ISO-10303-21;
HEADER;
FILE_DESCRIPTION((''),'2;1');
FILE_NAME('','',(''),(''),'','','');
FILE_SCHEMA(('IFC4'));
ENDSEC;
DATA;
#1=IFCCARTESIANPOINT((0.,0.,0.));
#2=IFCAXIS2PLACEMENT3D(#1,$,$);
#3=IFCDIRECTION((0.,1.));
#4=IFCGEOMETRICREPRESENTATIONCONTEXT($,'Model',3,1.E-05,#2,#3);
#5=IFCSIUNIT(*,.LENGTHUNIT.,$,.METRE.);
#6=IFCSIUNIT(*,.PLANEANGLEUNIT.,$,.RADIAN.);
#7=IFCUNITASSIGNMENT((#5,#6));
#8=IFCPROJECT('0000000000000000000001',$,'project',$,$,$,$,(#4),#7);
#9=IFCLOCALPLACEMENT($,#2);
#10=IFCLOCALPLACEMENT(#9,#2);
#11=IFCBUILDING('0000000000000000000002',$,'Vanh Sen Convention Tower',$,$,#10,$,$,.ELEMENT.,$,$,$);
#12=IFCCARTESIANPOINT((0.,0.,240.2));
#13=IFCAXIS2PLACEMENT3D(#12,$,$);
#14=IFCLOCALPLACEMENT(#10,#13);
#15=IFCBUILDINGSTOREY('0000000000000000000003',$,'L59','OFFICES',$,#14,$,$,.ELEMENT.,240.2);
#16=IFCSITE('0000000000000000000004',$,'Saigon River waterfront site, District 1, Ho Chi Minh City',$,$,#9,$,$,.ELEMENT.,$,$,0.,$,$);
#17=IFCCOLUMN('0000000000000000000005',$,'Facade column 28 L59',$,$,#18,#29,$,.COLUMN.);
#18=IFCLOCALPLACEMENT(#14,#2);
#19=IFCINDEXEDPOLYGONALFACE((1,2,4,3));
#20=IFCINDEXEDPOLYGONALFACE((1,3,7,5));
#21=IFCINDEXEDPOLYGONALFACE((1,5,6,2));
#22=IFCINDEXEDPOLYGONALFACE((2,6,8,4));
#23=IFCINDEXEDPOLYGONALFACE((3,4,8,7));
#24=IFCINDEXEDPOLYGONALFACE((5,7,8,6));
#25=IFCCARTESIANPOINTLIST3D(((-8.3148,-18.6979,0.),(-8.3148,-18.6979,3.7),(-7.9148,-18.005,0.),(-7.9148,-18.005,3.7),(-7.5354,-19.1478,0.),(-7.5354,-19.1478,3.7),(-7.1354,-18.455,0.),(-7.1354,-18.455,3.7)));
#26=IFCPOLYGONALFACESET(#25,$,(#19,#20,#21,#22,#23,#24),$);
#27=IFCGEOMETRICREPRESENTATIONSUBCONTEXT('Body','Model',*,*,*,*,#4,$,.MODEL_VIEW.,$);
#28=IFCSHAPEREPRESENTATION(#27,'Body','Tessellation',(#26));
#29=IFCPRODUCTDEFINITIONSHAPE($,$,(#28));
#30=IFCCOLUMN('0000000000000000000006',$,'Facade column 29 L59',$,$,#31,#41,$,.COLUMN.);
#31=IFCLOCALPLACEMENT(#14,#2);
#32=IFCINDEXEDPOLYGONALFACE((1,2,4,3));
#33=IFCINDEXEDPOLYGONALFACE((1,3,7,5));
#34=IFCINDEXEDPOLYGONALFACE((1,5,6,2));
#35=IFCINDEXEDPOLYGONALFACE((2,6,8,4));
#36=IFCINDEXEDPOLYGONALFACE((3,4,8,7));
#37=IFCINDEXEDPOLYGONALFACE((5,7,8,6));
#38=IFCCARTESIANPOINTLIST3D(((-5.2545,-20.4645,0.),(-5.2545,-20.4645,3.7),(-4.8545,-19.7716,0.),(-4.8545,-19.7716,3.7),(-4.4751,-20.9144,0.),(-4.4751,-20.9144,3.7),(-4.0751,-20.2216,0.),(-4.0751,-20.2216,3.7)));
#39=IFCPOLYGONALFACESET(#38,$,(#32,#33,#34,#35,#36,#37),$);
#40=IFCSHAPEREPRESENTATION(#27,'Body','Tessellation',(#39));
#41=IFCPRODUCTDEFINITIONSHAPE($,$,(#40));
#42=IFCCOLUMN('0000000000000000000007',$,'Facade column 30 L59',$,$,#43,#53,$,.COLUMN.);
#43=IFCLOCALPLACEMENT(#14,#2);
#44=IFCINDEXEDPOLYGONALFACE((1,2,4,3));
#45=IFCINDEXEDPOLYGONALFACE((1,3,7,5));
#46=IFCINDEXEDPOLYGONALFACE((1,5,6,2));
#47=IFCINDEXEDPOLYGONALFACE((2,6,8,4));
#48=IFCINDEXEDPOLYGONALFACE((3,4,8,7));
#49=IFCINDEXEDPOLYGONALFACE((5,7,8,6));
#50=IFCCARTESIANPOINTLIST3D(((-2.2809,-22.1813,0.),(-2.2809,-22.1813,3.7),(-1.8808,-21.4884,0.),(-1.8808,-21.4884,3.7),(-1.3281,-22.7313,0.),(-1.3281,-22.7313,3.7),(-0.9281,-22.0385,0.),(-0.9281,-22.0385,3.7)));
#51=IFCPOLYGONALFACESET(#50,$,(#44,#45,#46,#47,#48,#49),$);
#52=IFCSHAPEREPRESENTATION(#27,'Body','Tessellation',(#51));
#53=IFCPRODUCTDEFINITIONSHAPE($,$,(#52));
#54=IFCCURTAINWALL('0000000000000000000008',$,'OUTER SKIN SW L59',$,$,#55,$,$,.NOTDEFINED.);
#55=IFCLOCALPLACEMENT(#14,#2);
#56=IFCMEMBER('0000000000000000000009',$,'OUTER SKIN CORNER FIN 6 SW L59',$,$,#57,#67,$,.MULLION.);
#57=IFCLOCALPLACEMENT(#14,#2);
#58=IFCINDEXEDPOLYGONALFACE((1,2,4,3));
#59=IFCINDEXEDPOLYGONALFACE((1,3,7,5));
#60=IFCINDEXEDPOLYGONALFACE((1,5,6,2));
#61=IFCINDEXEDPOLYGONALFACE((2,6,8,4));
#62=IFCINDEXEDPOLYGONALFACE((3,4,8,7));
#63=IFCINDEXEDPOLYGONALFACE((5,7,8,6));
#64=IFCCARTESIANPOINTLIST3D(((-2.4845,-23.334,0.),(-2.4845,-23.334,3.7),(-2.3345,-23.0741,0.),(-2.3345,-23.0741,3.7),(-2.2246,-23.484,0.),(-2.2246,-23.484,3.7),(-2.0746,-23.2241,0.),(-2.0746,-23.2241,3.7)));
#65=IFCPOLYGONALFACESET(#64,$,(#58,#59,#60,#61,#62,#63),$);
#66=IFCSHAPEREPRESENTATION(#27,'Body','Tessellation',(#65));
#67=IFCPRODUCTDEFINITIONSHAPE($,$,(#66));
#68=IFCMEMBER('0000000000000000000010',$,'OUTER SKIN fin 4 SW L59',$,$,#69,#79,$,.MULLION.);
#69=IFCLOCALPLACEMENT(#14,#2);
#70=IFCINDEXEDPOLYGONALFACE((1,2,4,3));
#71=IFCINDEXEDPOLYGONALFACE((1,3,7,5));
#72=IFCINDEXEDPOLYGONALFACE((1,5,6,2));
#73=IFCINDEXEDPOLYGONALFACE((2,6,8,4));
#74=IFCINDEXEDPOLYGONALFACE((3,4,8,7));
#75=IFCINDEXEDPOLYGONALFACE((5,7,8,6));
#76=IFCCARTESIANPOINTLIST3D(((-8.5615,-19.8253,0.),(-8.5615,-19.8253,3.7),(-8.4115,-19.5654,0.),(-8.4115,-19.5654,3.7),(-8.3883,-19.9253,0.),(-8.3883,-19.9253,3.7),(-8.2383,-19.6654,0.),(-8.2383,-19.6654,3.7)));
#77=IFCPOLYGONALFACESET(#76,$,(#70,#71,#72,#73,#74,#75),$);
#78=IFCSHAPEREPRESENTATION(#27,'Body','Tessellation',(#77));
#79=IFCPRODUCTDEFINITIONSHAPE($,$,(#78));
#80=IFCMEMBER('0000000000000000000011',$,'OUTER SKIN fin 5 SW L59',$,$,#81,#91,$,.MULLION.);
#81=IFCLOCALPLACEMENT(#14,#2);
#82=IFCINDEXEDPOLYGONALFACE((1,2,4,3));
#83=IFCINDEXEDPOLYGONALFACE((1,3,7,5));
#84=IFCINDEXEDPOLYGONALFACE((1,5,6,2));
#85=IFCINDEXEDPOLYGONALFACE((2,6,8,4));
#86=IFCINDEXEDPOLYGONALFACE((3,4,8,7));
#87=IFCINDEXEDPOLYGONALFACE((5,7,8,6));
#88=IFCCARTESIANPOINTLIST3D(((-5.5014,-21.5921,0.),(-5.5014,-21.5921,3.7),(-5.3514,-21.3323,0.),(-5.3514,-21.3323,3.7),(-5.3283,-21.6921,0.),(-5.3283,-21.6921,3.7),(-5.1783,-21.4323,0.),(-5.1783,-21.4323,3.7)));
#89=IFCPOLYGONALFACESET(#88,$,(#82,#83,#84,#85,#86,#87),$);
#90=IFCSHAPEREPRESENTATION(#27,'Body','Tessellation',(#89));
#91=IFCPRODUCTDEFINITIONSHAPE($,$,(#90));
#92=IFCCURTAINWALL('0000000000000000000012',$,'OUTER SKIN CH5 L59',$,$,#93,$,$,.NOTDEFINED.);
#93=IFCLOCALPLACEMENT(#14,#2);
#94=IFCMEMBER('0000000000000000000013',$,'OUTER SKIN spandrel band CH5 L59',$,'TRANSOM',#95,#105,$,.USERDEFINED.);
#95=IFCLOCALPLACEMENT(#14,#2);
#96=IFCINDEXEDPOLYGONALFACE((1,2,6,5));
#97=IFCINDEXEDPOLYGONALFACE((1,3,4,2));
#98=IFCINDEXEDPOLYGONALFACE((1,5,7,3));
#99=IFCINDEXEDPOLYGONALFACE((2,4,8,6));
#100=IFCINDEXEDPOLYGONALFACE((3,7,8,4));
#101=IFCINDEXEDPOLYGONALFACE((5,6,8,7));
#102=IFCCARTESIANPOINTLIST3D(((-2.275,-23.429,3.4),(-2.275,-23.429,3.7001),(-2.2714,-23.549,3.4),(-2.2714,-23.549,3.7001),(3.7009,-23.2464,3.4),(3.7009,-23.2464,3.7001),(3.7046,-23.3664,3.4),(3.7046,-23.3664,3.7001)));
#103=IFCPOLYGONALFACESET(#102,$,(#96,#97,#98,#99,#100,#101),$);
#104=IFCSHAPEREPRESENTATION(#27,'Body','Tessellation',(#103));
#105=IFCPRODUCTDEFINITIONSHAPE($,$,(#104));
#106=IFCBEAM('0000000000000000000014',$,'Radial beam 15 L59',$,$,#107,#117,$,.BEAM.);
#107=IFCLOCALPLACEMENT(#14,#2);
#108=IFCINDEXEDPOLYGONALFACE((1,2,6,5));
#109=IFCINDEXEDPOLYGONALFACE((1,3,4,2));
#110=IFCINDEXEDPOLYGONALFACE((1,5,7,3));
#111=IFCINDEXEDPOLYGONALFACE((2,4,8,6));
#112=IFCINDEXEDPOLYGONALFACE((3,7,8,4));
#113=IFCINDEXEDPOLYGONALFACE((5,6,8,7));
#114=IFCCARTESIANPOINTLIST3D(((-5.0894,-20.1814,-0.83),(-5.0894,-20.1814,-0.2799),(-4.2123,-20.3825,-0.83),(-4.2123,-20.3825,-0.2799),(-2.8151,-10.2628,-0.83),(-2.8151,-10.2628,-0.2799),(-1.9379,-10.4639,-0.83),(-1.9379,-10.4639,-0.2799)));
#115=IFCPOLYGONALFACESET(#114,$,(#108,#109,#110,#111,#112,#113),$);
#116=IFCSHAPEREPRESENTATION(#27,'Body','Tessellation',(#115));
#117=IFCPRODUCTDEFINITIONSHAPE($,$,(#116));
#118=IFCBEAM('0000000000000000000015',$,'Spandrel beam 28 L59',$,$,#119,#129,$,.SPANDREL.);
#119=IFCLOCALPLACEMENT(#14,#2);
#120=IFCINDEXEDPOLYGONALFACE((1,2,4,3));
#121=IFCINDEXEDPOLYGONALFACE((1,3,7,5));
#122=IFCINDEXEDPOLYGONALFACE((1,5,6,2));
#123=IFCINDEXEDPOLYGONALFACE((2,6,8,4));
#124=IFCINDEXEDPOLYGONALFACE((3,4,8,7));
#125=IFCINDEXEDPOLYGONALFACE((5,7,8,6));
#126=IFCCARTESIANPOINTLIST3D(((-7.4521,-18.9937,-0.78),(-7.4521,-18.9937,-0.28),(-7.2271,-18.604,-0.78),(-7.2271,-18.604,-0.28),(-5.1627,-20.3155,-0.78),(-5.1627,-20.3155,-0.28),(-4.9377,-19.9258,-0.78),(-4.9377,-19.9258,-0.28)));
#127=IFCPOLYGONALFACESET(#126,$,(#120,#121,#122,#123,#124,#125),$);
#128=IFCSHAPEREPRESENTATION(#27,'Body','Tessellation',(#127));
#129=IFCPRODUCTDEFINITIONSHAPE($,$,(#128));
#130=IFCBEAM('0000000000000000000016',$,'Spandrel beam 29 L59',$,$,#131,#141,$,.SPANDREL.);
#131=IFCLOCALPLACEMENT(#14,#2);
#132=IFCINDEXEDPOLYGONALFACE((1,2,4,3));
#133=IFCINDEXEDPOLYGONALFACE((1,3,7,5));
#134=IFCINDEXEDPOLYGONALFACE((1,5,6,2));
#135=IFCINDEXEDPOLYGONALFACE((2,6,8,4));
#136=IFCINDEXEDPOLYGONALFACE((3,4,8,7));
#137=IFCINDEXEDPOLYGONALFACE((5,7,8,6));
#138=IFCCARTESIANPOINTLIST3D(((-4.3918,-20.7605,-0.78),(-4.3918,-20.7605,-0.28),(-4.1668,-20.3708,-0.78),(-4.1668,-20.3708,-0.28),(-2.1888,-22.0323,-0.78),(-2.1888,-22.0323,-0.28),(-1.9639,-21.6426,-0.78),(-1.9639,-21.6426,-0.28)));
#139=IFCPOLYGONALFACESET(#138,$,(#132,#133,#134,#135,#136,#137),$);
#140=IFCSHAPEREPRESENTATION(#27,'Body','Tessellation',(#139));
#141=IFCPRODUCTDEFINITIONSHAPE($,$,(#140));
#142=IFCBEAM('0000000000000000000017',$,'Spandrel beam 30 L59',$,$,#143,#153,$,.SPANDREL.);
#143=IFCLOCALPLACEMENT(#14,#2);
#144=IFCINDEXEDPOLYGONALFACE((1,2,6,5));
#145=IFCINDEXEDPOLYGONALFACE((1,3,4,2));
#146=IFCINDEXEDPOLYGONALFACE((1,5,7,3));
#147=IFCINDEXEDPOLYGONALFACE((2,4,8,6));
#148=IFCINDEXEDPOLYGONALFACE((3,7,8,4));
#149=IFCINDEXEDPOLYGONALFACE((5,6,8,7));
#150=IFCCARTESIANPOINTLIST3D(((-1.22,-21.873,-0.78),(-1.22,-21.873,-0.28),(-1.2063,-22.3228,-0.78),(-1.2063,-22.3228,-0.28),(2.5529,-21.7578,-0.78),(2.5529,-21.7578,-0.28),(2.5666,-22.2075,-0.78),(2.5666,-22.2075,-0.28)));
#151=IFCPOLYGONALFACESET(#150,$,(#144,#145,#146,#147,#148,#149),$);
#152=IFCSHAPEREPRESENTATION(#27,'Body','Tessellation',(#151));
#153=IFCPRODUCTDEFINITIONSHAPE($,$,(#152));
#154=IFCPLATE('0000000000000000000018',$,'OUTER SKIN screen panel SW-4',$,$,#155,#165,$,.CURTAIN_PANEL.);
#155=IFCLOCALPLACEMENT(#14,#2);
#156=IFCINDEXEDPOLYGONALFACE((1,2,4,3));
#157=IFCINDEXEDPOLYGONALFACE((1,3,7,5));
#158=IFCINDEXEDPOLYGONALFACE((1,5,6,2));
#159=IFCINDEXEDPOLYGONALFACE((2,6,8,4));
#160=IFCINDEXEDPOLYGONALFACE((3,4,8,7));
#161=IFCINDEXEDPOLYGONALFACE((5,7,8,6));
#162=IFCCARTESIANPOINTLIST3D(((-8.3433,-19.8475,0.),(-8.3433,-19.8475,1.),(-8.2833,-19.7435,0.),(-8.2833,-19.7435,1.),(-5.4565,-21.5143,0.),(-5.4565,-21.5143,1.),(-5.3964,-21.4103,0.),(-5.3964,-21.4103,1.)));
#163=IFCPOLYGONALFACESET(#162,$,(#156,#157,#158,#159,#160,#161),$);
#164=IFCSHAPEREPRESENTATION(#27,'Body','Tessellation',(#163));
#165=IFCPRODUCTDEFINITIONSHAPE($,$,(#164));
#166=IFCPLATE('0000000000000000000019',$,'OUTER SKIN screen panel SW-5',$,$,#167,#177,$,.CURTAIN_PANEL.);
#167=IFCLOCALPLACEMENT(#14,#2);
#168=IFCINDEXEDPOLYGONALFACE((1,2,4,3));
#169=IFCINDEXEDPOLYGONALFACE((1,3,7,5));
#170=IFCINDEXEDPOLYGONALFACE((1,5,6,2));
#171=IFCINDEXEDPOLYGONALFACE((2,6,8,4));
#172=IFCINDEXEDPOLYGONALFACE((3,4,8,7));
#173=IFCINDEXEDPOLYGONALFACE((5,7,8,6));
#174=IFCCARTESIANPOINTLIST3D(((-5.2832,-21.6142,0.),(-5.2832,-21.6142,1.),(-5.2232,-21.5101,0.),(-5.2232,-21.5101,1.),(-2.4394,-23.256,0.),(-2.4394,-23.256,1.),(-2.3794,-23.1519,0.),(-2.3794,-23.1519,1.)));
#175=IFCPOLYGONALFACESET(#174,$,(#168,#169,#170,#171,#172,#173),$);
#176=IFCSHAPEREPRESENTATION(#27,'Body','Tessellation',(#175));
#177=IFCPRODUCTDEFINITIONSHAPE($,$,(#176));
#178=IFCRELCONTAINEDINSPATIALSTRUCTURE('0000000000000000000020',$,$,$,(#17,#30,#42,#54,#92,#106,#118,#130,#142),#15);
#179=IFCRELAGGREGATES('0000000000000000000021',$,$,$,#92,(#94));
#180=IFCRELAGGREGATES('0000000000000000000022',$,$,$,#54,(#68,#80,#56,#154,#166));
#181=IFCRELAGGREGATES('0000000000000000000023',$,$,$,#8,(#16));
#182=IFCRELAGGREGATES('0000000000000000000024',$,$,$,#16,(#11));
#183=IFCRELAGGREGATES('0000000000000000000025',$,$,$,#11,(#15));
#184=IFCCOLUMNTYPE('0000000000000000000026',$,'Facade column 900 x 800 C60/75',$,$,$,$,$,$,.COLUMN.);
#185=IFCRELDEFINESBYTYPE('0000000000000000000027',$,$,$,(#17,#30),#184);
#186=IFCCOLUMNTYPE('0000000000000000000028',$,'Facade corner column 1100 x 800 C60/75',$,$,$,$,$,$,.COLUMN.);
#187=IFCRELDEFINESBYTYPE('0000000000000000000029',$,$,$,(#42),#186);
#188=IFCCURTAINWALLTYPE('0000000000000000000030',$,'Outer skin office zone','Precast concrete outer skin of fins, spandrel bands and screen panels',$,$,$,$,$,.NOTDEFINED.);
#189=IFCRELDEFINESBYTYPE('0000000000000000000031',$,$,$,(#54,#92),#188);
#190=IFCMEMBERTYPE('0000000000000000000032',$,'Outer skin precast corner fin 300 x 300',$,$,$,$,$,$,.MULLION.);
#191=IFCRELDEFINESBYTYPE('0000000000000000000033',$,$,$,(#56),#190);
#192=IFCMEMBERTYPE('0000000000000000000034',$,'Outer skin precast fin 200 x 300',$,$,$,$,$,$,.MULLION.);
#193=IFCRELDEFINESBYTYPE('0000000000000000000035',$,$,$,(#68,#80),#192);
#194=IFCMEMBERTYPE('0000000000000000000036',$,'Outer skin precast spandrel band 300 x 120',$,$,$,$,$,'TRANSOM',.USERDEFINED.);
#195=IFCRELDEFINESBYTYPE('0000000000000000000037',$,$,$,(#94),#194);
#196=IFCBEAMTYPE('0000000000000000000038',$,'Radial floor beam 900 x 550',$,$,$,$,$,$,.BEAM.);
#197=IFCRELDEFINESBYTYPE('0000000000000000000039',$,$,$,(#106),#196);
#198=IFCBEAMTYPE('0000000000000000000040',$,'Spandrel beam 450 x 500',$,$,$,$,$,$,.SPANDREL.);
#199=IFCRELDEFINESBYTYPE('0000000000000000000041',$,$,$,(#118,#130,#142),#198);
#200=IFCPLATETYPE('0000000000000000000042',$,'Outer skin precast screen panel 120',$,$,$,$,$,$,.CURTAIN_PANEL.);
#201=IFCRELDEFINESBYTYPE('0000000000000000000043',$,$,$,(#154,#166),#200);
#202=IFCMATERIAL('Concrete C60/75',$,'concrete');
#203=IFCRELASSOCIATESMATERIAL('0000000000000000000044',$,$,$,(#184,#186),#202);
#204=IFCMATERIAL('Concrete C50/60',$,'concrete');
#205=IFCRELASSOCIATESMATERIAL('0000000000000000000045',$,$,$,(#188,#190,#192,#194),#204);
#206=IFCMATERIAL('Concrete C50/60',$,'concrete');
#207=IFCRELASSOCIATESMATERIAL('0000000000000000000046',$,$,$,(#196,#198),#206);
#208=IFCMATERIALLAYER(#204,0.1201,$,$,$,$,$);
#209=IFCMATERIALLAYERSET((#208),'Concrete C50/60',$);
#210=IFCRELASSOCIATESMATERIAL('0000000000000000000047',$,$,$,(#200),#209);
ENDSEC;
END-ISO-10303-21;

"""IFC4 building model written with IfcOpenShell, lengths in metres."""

from ifc_helpers import new_model, si_unit, direction, frame, origin, origin_2d, place, context, subcontext, project, spatial, rectangle, extrude, material, layer, layer_set, material_profile, profile_set, type_object, element, aggregate, save


model = new_model("IFC4")

# Units and contexts
model_context = context("Model", 3, precision=1e-05, world=origin(), true_north=direction((0.0, 1.0)))
body_context = subcontext(model_context, "Body", "Model", "MODEL_VIEW")
ifc_project = project(units=[si_unit("LENGTHUNIT", "METRE"), si_unit("PLANEANGLEUNIT", "RADIAN")], contexts=[model_context])

# Site, building, storey
site_placement = place(None, origin())
site = spatial("IfcSite", under=ifc_project, at=site_placement, Name="Saigon River waterfront site, District 1, Ho Chi Minh City", CompositionType="ELEMENT", RefElevation=0.0)
building_placement = place(site_placement, origin())
building = spatial("IfcBuilding", under=site, at=building_placement, Name="Vanh Sen Convention Tower", CompositionType="ELEMENT")
storey_placement = place(building_placement, frame((0.0, 0.0, 240.2)))
storey = spatial("IfcBuildingStorey", under=building, at=storey_placement, Name="L59", Description="OFFICES", CompositionType="ELEMENT", Elevation=240.2)

# Columns
ifc_material_1 = material(Name="Concrete C60/75", Category="concrete")
ifc_material_profile_1 = material_profile(ifc_material_1, rectangle(XDim=0.8999, YDim=0.8, at=origin_2d()), Name="RC 900X800")
ifc_profile_set_1 = profile_set([ifc_material_profile_1], Name="Concrete C60/75")
column_type_1 = type_object("IfcColumnType", Name="Facade column 900 x 800 C60/75", PredefinedType="COLUMN", material=ifc_profile_set_1)
for number, where, z_axis, x_axis, name in (
    (1, (-7.7251, -18.5764, 0.0), (0.0, 0.0, 1.0), (0.866025, -0.5, 0.0), "Facade column 28 L59"),
    (2, (-4.6648, -20.343, 0.0), (0.0, 0.0, 1.0), (0.866025, -0.5, 0.0), "Facade column 29 L59"),
):
    element("IfcColumn", number, at=place(storey_placement, frame(where, z_axis=z_axis, x_axis=x_axis)), inside=storey, type_object=column_type_1, Name=name, PredefinedType="COLUMN", context=body_context, shape_type="SweptSolid", body=[
        extrude(rectangle(XDim=0.8999, YDim=0.8, at=origin_2d()), origin(), (0.0, 0.0, 1.0), 3.7),
    ])
ifc_material_profile_2 = material_profile(ifc_material_1, rectangle(XDim=1.1001, YDim=0.8, at=origin_2d()), Name="RC 1100X800")
ifc_profile_set_2 = profile_set([ifc_material_profile_2], Name="Concrete C60/75")
column_type_2 = type_object("IfcColumnType", Name="Facade corner column 1100 x 800 C60/75", PredefinedType="COLUMN", material=ifc_profile_set_2)
column_placement = place(storey_placement, frame((-1.6045, -22.1099, 0.0), z_axis=(0.0, 0.0, 1.0), x_axis=(0.866025, -0.5, 0.0)))
element("IfcColumn", 3, at=column_placement, inside=storey, type_object=column_type_2, Name="Facade column 30 L59", PredefinedType="COLUMN", context=body_context, shape_type="SweptSolid", body=[
    extrude(rectangle(XDim=1.1001, YDim=0.8, at=origin_2d()), origin(), (0.0, 0.0, 1.0), 3.7),
])

# Curtain wall, members
ifc_material_2 = material(Name="Concrete C50/60", Category="concrete")
curtain_wall_type = type_object("IfcCurtainWallType", Name="Outer skin office zone", Description="Precast concrete outer skin of fins, spandrel bands and screen panels", PredefinedType="NOTDEFINED", material=ifc_material_2)
curtain_wall_1_placement = place(storey_placement, origin())
curtain_wall_1 = element("IfcCurtainWall", 4, at=curtain_wall_1_placement, inside=storey, type_object=curtain_wall_type, Name="OUTER SKIN SW L59", PredefinedType="NOTDEFINED")
ifc_material_profile_3 = material_profile(ifc_material_2, rectangle(XDim=0.3, YDim=0.3, at=origin_2d()), Name="Outer skin precast corner fin 300 x 300")
ifc_profile_set_3 = profile_set([ifc_material_profile_3], Name="Concrete C50/60")
member_type_1 = type_object("IfcMemberType", Name="Outer skin precast corner fin 300 x 300", PredefinedType="MULLION", material=ifc_profile_set_3)
member_1_placement = place(storey_placement, frame((-2.2795, -23.2791, 0.0), z_axis=(0.0, 0.0, 1.0), x_axis=(0.866025, -0.5, 0.0)))
member_1 = element("IfcMember", 5, at=member_1_placement, type_object=member_type_1, Name="OUTER SKIN CORNER FIN 6 SW L59", PredefinedType="MULLION", context=body_context, shape_type="SweptSolid", body=[
    extrude(rectangle(XDim=0.3, YDim=0.3, at=origin_2d()), origin(), (0.0, 0.0, 1.0), 3.7),
])
ifc_material_profile_4 = material_profile(ifc_material_2, rectangle(XDim=0.2, YDim=0.3, at=origin_2d()), Name="Outer skin precast fin 200 x 300")
ifc_profile_set_4 = profile_set([ifc_material_profile_4], Name="Concrete C50/60")
member_type_2 = type_object("IfcMemberType", Name="Outer skin precast fin 200 x 300", PredefinedType="MULLION", material=ifc_profile_set_4)
member_2_placement = place(storey_placement, frame((-8.3999, -19.7454, 0.0), z_axis=(0.0, 0.0, 1.0), x_axis=(0.866025, -0.5, 0.0)))
member_2 = element("IfcMember", 6, at=member_2_placement, type_object=member_type_2, Name="OUTER SKIN fin 4 SW L59", PredefinedType="MULLION", context=body_context, shape_type="SweptSolid", body=[
    extrude(rectangle(XDim=0.2, YDim=0.3, at=origin_2d()), origin(), (0.0, 0.0, 1.0), 3.7),
])
member_3_placement = place(storey_placement, frame((-5.3398, -21.5122, 0.0), z_axis=(0.0, 0.0, 1.0), x_axis=(0.866025, -0.5, 0.0)))
member_3 = element("IfcMember", 7, at=member_3_placement, type_object=member_type_2, Name="OUTER SKIN fin 5 SW L59", PredefinedType="MULLION", context=body_context, shape_type="SweptSolid", body=[
    extrude(rectangle(XDim=0.2, YDim=0.3, at=origin_2d()), origin(), (0.0, 0.0, 1.0), 3.7),
])

# Curtain wall, member
curtain_wall_2_placement = place(storey_placement, origin())
curtain_wall_2 = element("IfcCurtainWall", 8, at=curtain_wall_2_placement, inside=storey, type_object=curtain_wall_type, Name="OUTER SKIN CH5 L59", PredefinedType="NOTDEFINED")
ifc_material_profile_5 = material_profile(ifc_material_2, rectangle(XDim=0.1201, YDim=0.3, at=origin_2d()), Name="Outer skin precast spandrel band 300 x 120")
ifc_profile_set_5 = profile_set([ifc_material_profile_5], Name="Concrete C50/60")
member_type_3 = type_object("IfcMemberType", Name="Outer skin precast spandrel band 300 x 120", ElementType="TRANSOM", PredefinedType="USERDEFINED", material=ifc_profile_set_5)
member_4_placement = place(storey_placement, frame((-2.2732, -23.489, 3.55), z_axis=(0.999533, 0.030544, 0.0), x_axis=(-0.030544, 0.999533, 0.0)))
member_4 = element("IfcMember", 9, at=member_4_placement, type_object=member_type_3, Name="OUTER SKIN spandrel band CH5 L59", ObjectType="TRANSOM", PredefinedType="USERDEFINED", context=body_context, shape_type="SweptSolid", body=[
    extrude(rectangle(XDim=0.1201, YDim=0.3, at=origin_2d()), origin(), (0.0, 0.0, 1.0), 5.9788),
])
aggregate(curtain_wall_2, [member_4])

# Beams
ifc_material_3 = material(Name="Concrete C50/60", Category="concrete")
ifc_material_profile_6 = material_profile(ifc_material_3, rectangle(XDim=0.8999, YDim=0.55, at=origin_2d()), Name="RC 900X550")
ifc_profile_set_6 = profile_set([ifc_material_profile_6], Name="Concrete C50/60")
beam_type_1 = type_object("IfcBeamType", Name="Radial floor beam 900 x 550", PredefinedType="BEAM", material=ifc_profile_set_6)
beam_1_placement = place(storey_placement, frame((-4.6509, -20.282, -0.5549), z_axis=(0.223505, 0.974703, 0.0), x_axis=(-0.974703, 0.223505, 0.0)))
element("IfcBeam", 10, at=beam_1_placement, inside=storey, type_object=beam_type_1, Name="Radial beam 15 L59", PredefinedType="BEAM", context=body_context, shape_type="SweptSolid", body=[
    extrude(rectangle(XDim=0.8999, YDim=0.55, at=origin_2d()), origin(), (0.0, 0.0, 1.0), 10.176),
])
ifc_material_profile_7 = material_profile(ifc_material_3, rectangle(XDim=0.45, YDim=0.5, at=origin_2d()), Name="RC 450X500")
ifc_profile_set_7 = profile_set([ifc_material_profile_7], Name="Concrete C50/60")
beam_type_2 = type_object("IfcBeamType", Name="Spandrel beam 450 x 500", PredefinedType="SPANDREL", material=ifc_profile_set_7)
beam_2_placement = place(storey_placement, frame((-7.3396, -18.7988, -0.53), z_axis=(0.866018, -0.500013, 0.0), x_axis=(0.500013, 0.866018, 0.0)))
element("IfcBeam", 11, at=beam_2_placement, inside=storey, type_object=beam_type_2, Name="Spandrel beam 28 L59", PredefinedType="SPANDREL", context=body_context, shape_type="SweptSolid", body=[
    extrude(rectangle(XDim=0.45, YDim=0.5, at=origin_2d()), origin(), (0.0, 0.0, 1.0), 2.6436),
])
beam_3_placement = place(storey_placement, frame((-4.2793, -20.5657, -0.53), z_axis=(0.866043, -0.499969, 0.0), x_axis=(0.499969, 0.866043, 0.0)))
element("IfcBeam", 12, at=beam_3_placement, inside=storey, type_object=beam_type_2, Name="Spandrel beam 29 L59", PredefinedType="SPANDREL", context=body_context, shape_type="SweptSolid", body=[
    extrude(rectangle(XDim=0.45, YDim=0.5, at=origin_2d()), origin(), (0.0, 0.0, 1.0), 2.5437),
])
beam_4_placement = place(storey_placement, frame((-1.2131, -22.0979, -0.53), z_axis=(0.999534, 0.030528, 0.0), x_axis=(-0.030528, 0.999534, 0.0)))
element("IfcBeam", 13, at=beam_4_placement, inside=storey, type_object=beam_type_2, Name="Spandrel beam 30 L59", PredefinedType="SPANDREL", context=body_context, shape_type="SweptSolid", body=[
    extrude(rectangle(XDim=0.45, YDim=0.5, at=origin_2d()), origin(), (0.0, 0.0, 1.0), 3.7747),
])

# Plates
ifc_layer_1 = layer(ifc_material_2, 0.1201)
ifc_layer_set_1 = layer_set([ifc_layer_1], Name="Concrete C50/60")
plate_type = type_object("IfcPlateType", Name="Outer skin precast screen panel 120", PredefinedType="CURTAIN_PANEL", material=ifc_layer_set_1)
plate_1_placement = place(storey_placement, frame((-6.8699, -20.6289, 0.0), z_axis=(0.0, 0.0, 1.0), x_axis=(0.866026, -0.499998, 0.0)))
plate_1 = element("IfcPlate", 14, at=plate_1_placement, type_object=plate_type, Name="OUTER SKIN screen panel SW-4", PredefinedType="CURTAIN_PANEL", context=body_context, shape_type="SweptSolid", body=[
    extrude(rectangle(XDim=3.3335, YDim=0.1201, at=origin_2d()), origin(), (0.0, 0.0, 1.0), 1.0),
])
plate_2_placement = place(storey_placement, frame((-3.8313, -22.3831, 0.0), z_axis=(0.0, 0.0, 1.0), x_axis=(0.866033, -0.499986, 0.0)))
plate_2 = element("IfcPlate", 15, at=plate_2_placement, type_object=plate_type, Name="OUTER SKIN screen panel SW-5", PredefinedType="CURTAIN_PANEL", context=body_context, shape_type="SweptSolid", body=[
    extrude(rectangle(XDim=3.2837, YDim=0.1201, at=origin_2d()), origin(), (0.0, 0.0, 1.0), 1.0),
])
aggregate(curtain_wall_1, [member_2, member_3, member_1, plate_1, plate_2])

save(model, "model.ifc")
